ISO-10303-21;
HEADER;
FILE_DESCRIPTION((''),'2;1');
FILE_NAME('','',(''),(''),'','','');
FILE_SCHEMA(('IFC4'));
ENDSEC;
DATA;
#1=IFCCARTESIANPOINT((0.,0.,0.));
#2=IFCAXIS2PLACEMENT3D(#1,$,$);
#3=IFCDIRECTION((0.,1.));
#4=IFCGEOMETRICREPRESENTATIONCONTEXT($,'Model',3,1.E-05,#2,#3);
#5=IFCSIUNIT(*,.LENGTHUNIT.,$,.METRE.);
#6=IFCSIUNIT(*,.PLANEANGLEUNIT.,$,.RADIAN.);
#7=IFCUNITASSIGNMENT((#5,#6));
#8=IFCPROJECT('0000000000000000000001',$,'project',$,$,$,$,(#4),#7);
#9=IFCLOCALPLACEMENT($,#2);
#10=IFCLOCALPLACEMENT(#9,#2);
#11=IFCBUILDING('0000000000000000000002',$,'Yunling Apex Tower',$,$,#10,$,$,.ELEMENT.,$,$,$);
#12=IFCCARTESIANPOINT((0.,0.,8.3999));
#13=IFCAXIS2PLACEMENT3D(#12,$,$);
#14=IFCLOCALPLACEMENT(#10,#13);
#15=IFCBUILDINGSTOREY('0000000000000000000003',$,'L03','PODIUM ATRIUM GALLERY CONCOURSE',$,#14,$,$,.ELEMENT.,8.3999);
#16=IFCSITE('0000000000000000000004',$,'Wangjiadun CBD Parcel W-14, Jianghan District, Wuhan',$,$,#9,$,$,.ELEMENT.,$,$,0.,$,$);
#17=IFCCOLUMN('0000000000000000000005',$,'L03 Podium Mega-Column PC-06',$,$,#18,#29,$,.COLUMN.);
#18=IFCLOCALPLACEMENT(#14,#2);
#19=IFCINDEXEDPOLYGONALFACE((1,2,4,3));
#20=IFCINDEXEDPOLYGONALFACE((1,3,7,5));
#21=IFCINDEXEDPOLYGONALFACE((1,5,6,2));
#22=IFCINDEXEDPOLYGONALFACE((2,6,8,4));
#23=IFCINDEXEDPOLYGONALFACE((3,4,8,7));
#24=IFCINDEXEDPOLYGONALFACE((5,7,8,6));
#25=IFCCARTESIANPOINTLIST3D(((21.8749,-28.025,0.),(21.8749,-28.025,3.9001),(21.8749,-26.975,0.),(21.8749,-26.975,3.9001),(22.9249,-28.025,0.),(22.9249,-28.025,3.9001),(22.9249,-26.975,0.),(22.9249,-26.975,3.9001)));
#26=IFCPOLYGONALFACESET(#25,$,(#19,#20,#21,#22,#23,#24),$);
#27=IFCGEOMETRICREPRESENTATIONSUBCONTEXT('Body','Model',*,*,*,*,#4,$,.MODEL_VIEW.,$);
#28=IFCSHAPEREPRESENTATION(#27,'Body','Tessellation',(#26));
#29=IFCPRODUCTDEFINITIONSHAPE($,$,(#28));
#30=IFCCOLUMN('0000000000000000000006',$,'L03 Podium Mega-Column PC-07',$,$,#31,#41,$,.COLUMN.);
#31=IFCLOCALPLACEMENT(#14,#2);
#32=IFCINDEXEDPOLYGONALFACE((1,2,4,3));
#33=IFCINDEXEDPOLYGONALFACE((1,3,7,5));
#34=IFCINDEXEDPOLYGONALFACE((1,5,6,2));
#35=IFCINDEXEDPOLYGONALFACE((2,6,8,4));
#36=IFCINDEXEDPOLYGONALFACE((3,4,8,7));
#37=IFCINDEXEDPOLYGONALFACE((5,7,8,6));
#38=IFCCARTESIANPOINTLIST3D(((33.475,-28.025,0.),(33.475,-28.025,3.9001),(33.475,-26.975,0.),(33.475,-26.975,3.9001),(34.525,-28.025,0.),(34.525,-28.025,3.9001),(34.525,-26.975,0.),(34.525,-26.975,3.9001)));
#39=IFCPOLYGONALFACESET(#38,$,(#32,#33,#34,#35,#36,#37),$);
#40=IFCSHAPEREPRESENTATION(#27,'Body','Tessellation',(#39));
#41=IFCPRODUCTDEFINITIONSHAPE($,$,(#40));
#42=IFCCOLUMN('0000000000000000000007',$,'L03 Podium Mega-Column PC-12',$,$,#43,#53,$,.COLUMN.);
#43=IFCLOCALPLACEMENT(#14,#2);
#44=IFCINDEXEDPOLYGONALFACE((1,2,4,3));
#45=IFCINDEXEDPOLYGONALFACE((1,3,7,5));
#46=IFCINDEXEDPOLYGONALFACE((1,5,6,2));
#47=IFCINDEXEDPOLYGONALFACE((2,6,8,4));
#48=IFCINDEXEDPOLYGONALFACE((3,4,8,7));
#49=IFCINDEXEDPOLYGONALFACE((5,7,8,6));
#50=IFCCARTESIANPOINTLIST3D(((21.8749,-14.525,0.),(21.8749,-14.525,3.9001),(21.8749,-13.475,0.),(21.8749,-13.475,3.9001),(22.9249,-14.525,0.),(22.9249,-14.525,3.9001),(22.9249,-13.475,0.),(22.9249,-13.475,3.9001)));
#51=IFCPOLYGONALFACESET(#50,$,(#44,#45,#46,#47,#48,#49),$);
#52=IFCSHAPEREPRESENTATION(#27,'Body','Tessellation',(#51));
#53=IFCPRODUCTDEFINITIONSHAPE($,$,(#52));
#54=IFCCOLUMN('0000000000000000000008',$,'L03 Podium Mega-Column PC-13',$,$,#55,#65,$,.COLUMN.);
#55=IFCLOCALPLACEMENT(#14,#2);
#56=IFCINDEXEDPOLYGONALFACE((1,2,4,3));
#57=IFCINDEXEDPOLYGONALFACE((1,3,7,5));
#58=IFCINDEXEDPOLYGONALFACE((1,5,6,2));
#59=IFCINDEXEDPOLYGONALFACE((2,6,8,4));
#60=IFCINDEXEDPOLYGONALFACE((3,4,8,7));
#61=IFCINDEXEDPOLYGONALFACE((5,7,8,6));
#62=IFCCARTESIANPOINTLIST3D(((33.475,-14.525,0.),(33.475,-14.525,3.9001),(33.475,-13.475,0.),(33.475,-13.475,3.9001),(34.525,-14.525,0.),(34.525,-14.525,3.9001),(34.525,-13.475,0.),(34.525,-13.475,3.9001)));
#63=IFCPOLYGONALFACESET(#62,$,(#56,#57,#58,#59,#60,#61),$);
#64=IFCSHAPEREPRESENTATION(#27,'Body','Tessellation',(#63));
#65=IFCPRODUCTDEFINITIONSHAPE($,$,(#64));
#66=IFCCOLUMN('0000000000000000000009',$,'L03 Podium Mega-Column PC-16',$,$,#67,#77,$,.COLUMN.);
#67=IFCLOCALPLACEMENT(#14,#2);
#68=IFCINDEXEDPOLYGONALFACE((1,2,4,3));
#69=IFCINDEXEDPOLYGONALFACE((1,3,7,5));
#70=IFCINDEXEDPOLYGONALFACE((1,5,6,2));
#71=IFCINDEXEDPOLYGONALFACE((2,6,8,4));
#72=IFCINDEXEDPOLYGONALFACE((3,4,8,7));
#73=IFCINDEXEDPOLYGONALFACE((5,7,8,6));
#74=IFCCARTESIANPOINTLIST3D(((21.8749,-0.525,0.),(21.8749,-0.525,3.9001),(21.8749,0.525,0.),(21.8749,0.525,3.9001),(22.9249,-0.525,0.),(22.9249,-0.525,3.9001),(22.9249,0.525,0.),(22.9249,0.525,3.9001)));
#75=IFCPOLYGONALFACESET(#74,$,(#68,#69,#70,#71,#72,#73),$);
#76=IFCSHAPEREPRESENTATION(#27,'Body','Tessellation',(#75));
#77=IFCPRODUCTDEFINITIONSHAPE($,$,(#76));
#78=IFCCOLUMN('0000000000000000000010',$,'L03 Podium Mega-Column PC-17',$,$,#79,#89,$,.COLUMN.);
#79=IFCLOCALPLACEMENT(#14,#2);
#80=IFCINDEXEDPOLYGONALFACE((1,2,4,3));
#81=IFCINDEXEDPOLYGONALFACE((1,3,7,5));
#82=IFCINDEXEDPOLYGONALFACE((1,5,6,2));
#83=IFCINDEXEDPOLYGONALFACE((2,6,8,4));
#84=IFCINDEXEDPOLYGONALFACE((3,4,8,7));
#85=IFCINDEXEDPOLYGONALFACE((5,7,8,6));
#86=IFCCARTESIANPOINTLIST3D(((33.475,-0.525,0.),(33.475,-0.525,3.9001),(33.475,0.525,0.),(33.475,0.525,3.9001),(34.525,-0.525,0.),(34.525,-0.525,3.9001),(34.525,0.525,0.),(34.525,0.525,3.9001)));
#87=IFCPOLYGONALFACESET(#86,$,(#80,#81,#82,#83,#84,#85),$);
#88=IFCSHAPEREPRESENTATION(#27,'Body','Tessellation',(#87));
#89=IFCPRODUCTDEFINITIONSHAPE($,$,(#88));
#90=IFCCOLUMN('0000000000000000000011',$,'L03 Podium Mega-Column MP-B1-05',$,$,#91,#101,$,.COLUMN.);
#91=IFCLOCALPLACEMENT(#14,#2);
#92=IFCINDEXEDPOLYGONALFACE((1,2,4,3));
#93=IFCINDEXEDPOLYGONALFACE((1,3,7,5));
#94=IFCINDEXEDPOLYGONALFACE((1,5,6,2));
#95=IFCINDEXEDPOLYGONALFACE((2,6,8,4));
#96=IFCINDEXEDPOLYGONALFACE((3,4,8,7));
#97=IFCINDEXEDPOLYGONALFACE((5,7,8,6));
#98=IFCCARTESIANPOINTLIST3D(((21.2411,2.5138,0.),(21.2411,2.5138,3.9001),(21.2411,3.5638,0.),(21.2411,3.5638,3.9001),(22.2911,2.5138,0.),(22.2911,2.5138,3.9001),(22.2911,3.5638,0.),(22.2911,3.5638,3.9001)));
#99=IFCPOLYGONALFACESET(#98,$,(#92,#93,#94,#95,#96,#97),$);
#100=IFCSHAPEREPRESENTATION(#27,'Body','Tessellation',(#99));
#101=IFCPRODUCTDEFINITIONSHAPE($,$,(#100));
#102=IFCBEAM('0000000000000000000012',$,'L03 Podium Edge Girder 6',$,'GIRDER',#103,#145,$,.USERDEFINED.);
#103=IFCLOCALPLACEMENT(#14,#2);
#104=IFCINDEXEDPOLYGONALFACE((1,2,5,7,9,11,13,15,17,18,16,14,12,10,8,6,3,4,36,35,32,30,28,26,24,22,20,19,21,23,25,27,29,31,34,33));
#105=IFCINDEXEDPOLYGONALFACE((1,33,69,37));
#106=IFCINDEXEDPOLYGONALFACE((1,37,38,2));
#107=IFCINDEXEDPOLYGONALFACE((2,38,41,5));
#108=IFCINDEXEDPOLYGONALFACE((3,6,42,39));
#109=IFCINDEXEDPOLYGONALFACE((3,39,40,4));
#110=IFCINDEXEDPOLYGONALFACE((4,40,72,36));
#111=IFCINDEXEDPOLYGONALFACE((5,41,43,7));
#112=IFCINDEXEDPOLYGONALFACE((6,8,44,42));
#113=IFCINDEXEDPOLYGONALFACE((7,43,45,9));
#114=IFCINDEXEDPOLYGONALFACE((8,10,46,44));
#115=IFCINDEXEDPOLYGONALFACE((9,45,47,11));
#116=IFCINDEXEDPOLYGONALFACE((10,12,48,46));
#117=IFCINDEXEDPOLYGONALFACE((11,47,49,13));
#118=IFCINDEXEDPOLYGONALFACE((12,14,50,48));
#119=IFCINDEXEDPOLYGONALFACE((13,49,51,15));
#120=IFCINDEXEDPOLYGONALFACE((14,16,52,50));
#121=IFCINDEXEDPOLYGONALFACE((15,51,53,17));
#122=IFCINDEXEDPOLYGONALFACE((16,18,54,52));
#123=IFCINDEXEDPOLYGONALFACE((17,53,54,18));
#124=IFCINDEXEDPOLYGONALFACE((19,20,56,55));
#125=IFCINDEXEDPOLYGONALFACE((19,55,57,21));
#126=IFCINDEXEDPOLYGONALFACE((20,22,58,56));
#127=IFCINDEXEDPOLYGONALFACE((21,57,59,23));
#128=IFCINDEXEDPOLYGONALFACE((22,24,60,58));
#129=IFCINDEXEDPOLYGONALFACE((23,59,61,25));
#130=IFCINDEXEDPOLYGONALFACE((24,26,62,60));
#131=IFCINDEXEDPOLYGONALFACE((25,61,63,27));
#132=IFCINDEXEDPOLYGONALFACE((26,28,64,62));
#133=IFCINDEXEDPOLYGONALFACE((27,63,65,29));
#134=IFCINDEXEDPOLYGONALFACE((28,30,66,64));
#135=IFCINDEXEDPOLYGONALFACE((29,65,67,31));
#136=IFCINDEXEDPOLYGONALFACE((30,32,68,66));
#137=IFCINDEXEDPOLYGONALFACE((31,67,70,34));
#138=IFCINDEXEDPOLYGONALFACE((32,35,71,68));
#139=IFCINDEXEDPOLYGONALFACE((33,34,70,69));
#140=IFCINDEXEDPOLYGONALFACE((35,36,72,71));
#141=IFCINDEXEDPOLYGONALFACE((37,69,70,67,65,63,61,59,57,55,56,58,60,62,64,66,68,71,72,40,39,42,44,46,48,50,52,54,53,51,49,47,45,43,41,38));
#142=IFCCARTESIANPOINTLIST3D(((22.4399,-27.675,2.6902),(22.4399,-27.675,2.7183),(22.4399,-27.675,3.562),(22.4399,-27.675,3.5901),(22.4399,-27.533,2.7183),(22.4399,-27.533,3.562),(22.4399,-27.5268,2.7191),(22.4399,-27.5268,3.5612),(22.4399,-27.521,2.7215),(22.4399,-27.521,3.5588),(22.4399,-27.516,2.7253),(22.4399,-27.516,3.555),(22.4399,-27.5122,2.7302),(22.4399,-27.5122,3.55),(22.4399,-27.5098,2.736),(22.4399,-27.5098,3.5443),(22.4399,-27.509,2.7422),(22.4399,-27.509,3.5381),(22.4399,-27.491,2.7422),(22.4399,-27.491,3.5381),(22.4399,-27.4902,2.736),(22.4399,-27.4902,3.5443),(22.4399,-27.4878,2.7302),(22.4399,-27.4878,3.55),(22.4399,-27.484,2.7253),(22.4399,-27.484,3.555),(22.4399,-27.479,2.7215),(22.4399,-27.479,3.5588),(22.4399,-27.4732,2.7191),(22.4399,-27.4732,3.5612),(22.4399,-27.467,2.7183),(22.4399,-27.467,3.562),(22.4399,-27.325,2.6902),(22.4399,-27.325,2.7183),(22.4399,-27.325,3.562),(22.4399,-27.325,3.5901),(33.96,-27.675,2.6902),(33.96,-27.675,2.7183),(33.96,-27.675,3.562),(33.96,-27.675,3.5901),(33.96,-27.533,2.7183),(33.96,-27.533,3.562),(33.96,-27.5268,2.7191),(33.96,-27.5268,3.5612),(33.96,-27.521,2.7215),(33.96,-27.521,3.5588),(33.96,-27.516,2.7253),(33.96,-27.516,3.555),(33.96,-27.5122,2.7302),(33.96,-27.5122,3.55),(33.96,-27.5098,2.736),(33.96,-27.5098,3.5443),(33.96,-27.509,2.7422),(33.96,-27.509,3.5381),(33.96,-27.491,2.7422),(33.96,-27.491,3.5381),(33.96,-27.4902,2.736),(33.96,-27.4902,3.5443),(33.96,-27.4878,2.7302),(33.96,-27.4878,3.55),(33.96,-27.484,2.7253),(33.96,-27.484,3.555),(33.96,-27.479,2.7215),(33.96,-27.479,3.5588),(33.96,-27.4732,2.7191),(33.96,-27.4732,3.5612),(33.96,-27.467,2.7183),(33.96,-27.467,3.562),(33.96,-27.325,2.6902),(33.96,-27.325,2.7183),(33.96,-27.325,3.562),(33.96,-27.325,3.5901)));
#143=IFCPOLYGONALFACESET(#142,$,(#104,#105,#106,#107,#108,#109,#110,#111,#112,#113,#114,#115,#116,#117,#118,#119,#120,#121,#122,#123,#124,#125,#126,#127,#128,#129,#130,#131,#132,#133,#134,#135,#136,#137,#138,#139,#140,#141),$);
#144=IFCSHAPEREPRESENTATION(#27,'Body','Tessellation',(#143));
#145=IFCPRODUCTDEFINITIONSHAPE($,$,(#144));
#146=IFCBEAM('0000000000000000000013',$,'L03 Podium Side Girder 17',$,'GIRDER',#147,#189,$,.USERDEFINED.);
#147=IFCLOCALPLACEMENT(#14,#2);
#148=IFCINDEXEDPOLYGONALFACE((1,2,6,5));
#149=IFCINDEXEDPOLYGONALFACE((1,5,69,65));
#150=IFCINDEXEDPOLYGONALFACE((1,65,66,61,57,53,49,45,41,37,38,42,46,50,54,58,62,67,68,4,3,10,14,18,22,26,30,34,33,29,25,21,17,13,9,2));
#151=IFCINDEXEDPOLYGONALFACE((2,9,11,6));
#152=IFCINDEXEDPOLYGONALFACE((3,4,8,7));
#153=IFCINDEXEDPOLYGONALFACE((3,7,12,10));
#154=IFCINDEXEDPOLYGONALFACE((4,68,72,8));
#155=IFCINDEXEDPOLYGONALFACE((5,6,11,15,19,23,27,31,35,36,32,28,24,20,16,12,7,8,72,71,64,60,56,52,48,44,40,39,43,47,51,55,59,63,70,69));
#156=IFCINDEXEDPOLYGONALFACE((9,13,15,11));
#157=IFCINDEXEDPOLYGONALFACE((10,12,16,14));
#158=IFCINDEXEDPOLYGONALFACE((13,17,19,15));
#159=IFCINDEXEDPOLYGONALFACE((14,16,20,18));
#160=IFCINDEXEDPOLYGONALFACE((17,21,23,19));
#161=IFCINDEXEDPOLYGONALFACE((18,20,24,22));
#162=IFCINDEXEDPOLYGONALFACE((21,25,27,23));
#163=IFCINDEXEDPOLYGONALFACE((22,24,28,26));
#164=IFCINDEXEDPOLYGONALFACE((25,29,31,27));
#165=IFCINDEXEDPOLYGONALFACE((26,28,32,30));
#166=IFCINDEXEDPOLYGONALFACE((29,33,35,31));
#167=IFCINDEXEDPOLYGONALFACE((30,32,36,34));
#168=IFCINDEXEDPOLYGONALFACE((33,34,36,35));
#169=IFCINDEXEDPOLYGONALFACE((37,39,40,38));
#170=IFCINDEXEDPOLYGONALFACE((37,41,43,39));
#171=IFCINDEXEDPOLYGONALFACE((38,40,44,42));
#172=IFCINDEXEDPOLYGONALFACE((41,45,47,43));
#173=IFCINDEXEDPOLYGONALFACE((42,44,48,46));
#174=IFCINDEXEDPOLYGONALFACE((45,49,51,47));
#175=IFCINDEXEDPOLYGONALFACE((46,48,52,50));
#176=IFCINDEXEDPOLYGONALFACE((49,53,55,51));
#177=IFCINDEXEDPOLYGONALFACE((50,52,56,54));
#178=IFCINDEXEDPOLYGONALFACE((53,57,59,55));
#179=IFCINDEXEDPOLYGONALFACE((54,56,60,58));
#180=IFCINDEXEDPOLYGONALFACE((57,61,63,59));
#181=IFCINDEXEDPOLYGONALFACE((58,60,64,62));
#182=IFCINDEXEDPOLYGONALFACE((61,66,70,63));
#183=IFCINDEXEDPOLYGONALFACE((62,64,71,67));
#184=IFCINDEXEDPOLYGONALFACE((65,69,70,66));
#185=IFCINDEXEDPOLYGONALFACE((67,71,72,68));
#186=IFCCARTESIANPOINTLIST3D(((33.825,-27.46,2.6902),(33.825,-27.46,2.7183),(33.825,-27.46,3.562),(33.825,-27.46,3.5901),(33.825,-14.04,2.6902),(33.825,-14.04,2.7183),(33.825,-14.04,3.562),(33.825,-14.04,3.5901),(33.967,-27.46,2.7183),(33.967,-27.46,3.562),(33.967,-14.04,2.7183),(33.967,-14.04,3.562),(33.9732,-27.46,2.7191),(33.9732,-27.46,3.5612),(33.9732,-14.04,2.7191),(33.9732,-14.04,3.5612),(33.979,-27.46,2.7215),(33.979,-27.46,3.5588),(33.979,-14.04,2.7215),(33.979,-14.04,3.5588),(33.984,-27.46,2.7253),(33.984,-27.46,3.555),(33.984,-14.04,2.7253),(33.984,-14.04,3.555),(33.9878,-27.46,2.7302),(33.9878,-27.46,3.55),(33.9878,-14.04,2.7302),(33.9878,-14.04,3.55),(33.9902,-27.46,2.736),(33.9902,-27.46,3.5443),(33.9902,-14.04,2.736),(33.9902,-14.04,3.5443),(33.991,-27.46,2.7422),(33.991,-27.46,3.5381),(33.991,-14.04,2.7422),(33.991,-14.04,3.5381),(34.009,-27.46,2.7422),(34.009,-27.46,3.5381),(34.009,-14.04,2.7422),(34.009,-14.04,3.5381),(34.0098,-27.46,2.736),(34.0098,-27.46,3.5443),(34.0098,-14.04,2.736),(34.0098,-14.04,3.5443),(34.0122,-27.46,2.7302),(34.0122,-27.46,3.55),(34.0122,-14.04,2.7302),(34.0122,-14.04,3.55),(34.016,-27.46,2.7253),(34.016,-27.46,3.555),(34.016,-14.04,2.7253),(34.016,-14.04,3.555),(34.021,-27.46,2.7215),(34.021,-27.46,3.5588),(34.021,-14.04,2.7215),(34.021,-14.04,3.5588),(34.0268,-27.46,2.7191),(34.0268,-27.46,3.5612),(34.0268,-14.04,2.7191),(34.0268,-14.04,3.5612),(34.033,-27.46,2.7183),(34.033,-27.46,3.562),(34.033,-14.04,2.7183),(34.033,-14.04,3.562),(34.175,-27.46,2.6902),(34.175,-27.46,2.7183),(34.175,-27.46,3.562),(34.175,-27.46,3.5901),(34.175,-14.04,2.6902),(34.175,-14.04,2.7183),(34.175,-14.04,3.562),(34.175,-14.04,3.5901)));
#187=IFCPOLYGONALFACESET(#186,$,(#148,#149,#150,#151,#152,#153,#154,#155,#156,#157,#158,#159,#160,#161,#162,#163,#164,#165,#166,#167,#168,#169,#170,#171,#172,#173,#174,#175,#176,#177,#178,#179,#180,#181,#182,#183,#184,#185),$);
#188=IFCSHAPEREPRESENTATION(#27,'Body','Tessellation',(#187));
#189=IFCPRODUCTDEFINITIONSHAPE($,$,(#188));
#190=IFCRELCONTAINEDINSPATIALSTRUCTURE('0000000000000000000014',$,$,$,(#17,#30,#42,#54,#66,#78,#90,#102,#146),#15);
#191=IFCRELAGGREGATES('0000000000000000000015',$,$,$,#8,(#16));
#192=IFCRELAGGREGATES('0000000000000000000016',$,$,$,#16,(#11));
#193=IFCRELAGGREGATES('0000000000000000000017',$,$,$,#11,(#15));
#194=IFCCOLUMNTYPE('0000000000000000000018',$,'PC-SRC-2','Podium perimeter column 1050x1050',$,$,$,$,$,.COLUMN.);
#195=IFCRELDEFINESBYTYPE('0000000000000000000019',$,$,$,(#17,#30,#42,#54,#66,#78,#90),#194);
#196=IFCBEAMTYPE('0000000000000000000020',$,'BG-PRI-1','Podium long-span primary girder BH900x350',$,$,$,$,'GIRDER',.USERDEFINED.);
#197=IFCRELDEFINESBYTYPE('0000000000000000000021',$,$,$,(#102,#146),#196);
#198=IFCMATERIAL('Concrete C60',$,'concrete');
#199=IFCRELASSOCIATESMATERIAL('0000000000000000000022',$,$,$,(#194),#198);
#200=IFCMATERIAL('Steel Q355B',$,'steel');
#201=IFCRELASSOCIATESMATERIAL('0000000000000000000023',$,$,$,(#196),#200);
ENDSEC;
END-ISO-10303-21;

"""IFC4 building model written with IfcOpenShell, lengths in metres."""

from ifc_helpers import new_model, si_unit, direction, frame, origin, origin_2d, place, context, subcontext, project, spatial, rectangle, i_section, extrude, source, transform, mapped, material, material_profile, profile_set, type_object, element, save


model = new_model("IFC4")

# Units and contexts
model_context = context("Model", 3, precision=1e-05, world=origin(), true_north=direction((0.0, 1.0)))
body_context = subcontext(model_context, "Body", "Model", "MODEL_VIEW")
ifc_project = project(units=[si_unit("LENGTHUNIT", "METRE"), si_unit("PLANEANGLEUNIT", "RADIAN")], contexts=[model_context])

# Site, building, storey
site_placement = place(None, origin())
site = spatial("IfcSite", under=ifc_project, at=site_placement, Name="Wangjiadun CBD Parcel W-14, Jianghan District, Wuhan", CompositionType="ELEMENT", RefElevation=0.0)
building_placement = place(site_placement, origin())
building = spatial("IfcBuilding", under=site, at=building_placement, Name="Yunling Apex Tower", CompositionType="ELEMENT")
storey_placement = place(building_placement, frame((0.0, 0.0, 8.3999)))
storey = spatial("IfcBuildingStorey", under=building, at=storey_placement, Name="L03", Description="PODIUM ATRIUM GALLERY CONCOURSE", CompositionType="ELEMENT", Elevation=8.3999)

# Columns
ifc_material_1 = material(Name="Concrete C60", Category="concrete")
ifc_material_profile_1 = material_profile(ifc_material_1, rectangle(XDim=1.05, YDim=1.05, at=origin_2d()))
ifc_profile_set_1 = profile_set([ifc_material_profile_1], Name="Concrete C60")
column_type = type_object("IfcColumnType", Name="PC-SRC-2", Description="Podium perimeter column 1050x1050", PredefinedType="COLUMN", material=ifc_profile_set_1)
shared_shape_1 = source(origin(), body_context, "Body", "SweptSolid", [
    extrude(rectangle(XDim=1.05, YDim=1.05, at=origin_2d()), origin(), (0.0, 0.0, 1.0), 3.9001),
])
for number, where, z_axis, x_axis, name in (
    (1, (22.3999, -27.5, 0.0), (0.0, 0.0, 1.0), (1.0, 0.0, 0.0), "L03 Podium Mega-Column PC-06"),
    (2, (34.0, -27.5, 0.0), (0.0, 0.0, 1.0), (1.0, 0.0, 0.0), "L03 Podium Mega-Column PC-07"),
    (3, (22.3999, -14.0, 0.0), (0.0, 0.0, 1.0), (1.0, 0.0, 0.0), "L03 Podium Mega-Column PC-12"),
    (4, (34.0, -14.0, 0.0), (0.0, 0.0, 1.0), (1.0, 0.0, 0.0), "L03 Podium Mega-Column PC-13"),
    (5, (22.3999, 0.0, 0.0), (0.0, 0.0, 1.0), (1.0, 0.0, 0.0), "L03 Podium Mega-Column PC-16"),
    (6, (34.0, 0.0, 0.0), (0.0, 0.0, 1.0), (1.0, 0.0, 0.0), "L03 Podium Mega-Column PC-17"),
    (7, (21.7661, 3.0388, 0.0), (0.0, 0.0, 1.0), (1.0, 0.0, 0.0), "L03 Podium Mega-Column MP-B1-05"),
):
    element("IfcColumn", number, at=place(storey_placement, frame(where, z_axis=z_axis, x_axis=x_axis)), inside=storey, type_object=column_type, Name=name, PredefinedType="COLUMN", context=body_context, shape_type="MappedRepresentation", body=[
        mapped(shared_shape_1, transform((0.0, 0.0, 0.0), scale=1.0)),
    ])

# Beams
ifc_material_2 = material(Name="Steel Q355B", Category="steel")
ifc_material_profile_2 = material_profile(ifc_material_2, i_section(OverallWidth=0.3501, OverallDepth=0.8999, WebThickness=0.0181, FlangeThickness=0.0281, FilletRadius=0.0239, at=origin_2d()))
ifc_profile_set_2 = profile_set([ifc_material_profile_2], Name="Steel Q355B")
beam_type_1 = type_object("IfcBeamType", Name="BG-PRI-1", Description="Podium long-span primary girder BH900x350", ElementType="GIRDER", PredefinedType="USERDEFINED", material=ifc_profile_set_2)
shared_shape_2 = source(origin(), body_context, "Body", "SweptSolid", [
    extrude(i_section(OverallWidth=0.3501, OverallDepth=0.8999, WebThickness=0.0181, FlangeThickness=0.0281, FilletRadius=0.0239, at=origin_2d()), origin(), (0.0, 0.0, 1.0), 11.52),
])
beam_1_placement = place(storey_placement, frame((22.4399, -27.5, 3.1401), z_axis=(1.0, 0.0, 0.0), x_axis=(0.0, 1.0, 0.0)))
element("IfcBeam", 8, at=beam_1_placement, inside=storey, type_object=beam_type_1, Name="L03 Podium Edge Girder 6", ObjectType="GIRDER", PredefinedType="USERDEFINED", context=body_context, shape_type="MappedRepresentation", body=[
    mapped(shared_shape_2, transform((0.0, 0.0, 0.0), scale=1.0)),
])
shared_shape_3 = source(origin(), body_context, "Body", "SweptSolid", [
    extrude(i_section(OverallWidth=0.3501, OverallDepth=0.8999, WebThickness=0.0181, FlangeThickness=0.0281, FilletRadius=0.0239, at=origin_2d()), origin(), (0.0, 0.0, 1.0), 13.4199),
])
beam_2_placement = place(storey_placement, frame((34.0, -27.46, 3.1401), z_axis=(0.0, 1.0, 0.0), x_axis=(-1.0, 0.0, 0.0)))
element("IfcBeam", 9, at=beam_2_placement, inside=storey, type_object=beam_type_1, Name="L03 Podium Side Girder 17", ObjectType="GIRDER", PredefinedType="USERDEFINED", context=body_context, shape_type="MappedRepresentation", body=[
    mapped(shared_shape_3, transform((0.0, 0.0, 0.0), scale=1.0)),
])

save(model, "model.ifc")
